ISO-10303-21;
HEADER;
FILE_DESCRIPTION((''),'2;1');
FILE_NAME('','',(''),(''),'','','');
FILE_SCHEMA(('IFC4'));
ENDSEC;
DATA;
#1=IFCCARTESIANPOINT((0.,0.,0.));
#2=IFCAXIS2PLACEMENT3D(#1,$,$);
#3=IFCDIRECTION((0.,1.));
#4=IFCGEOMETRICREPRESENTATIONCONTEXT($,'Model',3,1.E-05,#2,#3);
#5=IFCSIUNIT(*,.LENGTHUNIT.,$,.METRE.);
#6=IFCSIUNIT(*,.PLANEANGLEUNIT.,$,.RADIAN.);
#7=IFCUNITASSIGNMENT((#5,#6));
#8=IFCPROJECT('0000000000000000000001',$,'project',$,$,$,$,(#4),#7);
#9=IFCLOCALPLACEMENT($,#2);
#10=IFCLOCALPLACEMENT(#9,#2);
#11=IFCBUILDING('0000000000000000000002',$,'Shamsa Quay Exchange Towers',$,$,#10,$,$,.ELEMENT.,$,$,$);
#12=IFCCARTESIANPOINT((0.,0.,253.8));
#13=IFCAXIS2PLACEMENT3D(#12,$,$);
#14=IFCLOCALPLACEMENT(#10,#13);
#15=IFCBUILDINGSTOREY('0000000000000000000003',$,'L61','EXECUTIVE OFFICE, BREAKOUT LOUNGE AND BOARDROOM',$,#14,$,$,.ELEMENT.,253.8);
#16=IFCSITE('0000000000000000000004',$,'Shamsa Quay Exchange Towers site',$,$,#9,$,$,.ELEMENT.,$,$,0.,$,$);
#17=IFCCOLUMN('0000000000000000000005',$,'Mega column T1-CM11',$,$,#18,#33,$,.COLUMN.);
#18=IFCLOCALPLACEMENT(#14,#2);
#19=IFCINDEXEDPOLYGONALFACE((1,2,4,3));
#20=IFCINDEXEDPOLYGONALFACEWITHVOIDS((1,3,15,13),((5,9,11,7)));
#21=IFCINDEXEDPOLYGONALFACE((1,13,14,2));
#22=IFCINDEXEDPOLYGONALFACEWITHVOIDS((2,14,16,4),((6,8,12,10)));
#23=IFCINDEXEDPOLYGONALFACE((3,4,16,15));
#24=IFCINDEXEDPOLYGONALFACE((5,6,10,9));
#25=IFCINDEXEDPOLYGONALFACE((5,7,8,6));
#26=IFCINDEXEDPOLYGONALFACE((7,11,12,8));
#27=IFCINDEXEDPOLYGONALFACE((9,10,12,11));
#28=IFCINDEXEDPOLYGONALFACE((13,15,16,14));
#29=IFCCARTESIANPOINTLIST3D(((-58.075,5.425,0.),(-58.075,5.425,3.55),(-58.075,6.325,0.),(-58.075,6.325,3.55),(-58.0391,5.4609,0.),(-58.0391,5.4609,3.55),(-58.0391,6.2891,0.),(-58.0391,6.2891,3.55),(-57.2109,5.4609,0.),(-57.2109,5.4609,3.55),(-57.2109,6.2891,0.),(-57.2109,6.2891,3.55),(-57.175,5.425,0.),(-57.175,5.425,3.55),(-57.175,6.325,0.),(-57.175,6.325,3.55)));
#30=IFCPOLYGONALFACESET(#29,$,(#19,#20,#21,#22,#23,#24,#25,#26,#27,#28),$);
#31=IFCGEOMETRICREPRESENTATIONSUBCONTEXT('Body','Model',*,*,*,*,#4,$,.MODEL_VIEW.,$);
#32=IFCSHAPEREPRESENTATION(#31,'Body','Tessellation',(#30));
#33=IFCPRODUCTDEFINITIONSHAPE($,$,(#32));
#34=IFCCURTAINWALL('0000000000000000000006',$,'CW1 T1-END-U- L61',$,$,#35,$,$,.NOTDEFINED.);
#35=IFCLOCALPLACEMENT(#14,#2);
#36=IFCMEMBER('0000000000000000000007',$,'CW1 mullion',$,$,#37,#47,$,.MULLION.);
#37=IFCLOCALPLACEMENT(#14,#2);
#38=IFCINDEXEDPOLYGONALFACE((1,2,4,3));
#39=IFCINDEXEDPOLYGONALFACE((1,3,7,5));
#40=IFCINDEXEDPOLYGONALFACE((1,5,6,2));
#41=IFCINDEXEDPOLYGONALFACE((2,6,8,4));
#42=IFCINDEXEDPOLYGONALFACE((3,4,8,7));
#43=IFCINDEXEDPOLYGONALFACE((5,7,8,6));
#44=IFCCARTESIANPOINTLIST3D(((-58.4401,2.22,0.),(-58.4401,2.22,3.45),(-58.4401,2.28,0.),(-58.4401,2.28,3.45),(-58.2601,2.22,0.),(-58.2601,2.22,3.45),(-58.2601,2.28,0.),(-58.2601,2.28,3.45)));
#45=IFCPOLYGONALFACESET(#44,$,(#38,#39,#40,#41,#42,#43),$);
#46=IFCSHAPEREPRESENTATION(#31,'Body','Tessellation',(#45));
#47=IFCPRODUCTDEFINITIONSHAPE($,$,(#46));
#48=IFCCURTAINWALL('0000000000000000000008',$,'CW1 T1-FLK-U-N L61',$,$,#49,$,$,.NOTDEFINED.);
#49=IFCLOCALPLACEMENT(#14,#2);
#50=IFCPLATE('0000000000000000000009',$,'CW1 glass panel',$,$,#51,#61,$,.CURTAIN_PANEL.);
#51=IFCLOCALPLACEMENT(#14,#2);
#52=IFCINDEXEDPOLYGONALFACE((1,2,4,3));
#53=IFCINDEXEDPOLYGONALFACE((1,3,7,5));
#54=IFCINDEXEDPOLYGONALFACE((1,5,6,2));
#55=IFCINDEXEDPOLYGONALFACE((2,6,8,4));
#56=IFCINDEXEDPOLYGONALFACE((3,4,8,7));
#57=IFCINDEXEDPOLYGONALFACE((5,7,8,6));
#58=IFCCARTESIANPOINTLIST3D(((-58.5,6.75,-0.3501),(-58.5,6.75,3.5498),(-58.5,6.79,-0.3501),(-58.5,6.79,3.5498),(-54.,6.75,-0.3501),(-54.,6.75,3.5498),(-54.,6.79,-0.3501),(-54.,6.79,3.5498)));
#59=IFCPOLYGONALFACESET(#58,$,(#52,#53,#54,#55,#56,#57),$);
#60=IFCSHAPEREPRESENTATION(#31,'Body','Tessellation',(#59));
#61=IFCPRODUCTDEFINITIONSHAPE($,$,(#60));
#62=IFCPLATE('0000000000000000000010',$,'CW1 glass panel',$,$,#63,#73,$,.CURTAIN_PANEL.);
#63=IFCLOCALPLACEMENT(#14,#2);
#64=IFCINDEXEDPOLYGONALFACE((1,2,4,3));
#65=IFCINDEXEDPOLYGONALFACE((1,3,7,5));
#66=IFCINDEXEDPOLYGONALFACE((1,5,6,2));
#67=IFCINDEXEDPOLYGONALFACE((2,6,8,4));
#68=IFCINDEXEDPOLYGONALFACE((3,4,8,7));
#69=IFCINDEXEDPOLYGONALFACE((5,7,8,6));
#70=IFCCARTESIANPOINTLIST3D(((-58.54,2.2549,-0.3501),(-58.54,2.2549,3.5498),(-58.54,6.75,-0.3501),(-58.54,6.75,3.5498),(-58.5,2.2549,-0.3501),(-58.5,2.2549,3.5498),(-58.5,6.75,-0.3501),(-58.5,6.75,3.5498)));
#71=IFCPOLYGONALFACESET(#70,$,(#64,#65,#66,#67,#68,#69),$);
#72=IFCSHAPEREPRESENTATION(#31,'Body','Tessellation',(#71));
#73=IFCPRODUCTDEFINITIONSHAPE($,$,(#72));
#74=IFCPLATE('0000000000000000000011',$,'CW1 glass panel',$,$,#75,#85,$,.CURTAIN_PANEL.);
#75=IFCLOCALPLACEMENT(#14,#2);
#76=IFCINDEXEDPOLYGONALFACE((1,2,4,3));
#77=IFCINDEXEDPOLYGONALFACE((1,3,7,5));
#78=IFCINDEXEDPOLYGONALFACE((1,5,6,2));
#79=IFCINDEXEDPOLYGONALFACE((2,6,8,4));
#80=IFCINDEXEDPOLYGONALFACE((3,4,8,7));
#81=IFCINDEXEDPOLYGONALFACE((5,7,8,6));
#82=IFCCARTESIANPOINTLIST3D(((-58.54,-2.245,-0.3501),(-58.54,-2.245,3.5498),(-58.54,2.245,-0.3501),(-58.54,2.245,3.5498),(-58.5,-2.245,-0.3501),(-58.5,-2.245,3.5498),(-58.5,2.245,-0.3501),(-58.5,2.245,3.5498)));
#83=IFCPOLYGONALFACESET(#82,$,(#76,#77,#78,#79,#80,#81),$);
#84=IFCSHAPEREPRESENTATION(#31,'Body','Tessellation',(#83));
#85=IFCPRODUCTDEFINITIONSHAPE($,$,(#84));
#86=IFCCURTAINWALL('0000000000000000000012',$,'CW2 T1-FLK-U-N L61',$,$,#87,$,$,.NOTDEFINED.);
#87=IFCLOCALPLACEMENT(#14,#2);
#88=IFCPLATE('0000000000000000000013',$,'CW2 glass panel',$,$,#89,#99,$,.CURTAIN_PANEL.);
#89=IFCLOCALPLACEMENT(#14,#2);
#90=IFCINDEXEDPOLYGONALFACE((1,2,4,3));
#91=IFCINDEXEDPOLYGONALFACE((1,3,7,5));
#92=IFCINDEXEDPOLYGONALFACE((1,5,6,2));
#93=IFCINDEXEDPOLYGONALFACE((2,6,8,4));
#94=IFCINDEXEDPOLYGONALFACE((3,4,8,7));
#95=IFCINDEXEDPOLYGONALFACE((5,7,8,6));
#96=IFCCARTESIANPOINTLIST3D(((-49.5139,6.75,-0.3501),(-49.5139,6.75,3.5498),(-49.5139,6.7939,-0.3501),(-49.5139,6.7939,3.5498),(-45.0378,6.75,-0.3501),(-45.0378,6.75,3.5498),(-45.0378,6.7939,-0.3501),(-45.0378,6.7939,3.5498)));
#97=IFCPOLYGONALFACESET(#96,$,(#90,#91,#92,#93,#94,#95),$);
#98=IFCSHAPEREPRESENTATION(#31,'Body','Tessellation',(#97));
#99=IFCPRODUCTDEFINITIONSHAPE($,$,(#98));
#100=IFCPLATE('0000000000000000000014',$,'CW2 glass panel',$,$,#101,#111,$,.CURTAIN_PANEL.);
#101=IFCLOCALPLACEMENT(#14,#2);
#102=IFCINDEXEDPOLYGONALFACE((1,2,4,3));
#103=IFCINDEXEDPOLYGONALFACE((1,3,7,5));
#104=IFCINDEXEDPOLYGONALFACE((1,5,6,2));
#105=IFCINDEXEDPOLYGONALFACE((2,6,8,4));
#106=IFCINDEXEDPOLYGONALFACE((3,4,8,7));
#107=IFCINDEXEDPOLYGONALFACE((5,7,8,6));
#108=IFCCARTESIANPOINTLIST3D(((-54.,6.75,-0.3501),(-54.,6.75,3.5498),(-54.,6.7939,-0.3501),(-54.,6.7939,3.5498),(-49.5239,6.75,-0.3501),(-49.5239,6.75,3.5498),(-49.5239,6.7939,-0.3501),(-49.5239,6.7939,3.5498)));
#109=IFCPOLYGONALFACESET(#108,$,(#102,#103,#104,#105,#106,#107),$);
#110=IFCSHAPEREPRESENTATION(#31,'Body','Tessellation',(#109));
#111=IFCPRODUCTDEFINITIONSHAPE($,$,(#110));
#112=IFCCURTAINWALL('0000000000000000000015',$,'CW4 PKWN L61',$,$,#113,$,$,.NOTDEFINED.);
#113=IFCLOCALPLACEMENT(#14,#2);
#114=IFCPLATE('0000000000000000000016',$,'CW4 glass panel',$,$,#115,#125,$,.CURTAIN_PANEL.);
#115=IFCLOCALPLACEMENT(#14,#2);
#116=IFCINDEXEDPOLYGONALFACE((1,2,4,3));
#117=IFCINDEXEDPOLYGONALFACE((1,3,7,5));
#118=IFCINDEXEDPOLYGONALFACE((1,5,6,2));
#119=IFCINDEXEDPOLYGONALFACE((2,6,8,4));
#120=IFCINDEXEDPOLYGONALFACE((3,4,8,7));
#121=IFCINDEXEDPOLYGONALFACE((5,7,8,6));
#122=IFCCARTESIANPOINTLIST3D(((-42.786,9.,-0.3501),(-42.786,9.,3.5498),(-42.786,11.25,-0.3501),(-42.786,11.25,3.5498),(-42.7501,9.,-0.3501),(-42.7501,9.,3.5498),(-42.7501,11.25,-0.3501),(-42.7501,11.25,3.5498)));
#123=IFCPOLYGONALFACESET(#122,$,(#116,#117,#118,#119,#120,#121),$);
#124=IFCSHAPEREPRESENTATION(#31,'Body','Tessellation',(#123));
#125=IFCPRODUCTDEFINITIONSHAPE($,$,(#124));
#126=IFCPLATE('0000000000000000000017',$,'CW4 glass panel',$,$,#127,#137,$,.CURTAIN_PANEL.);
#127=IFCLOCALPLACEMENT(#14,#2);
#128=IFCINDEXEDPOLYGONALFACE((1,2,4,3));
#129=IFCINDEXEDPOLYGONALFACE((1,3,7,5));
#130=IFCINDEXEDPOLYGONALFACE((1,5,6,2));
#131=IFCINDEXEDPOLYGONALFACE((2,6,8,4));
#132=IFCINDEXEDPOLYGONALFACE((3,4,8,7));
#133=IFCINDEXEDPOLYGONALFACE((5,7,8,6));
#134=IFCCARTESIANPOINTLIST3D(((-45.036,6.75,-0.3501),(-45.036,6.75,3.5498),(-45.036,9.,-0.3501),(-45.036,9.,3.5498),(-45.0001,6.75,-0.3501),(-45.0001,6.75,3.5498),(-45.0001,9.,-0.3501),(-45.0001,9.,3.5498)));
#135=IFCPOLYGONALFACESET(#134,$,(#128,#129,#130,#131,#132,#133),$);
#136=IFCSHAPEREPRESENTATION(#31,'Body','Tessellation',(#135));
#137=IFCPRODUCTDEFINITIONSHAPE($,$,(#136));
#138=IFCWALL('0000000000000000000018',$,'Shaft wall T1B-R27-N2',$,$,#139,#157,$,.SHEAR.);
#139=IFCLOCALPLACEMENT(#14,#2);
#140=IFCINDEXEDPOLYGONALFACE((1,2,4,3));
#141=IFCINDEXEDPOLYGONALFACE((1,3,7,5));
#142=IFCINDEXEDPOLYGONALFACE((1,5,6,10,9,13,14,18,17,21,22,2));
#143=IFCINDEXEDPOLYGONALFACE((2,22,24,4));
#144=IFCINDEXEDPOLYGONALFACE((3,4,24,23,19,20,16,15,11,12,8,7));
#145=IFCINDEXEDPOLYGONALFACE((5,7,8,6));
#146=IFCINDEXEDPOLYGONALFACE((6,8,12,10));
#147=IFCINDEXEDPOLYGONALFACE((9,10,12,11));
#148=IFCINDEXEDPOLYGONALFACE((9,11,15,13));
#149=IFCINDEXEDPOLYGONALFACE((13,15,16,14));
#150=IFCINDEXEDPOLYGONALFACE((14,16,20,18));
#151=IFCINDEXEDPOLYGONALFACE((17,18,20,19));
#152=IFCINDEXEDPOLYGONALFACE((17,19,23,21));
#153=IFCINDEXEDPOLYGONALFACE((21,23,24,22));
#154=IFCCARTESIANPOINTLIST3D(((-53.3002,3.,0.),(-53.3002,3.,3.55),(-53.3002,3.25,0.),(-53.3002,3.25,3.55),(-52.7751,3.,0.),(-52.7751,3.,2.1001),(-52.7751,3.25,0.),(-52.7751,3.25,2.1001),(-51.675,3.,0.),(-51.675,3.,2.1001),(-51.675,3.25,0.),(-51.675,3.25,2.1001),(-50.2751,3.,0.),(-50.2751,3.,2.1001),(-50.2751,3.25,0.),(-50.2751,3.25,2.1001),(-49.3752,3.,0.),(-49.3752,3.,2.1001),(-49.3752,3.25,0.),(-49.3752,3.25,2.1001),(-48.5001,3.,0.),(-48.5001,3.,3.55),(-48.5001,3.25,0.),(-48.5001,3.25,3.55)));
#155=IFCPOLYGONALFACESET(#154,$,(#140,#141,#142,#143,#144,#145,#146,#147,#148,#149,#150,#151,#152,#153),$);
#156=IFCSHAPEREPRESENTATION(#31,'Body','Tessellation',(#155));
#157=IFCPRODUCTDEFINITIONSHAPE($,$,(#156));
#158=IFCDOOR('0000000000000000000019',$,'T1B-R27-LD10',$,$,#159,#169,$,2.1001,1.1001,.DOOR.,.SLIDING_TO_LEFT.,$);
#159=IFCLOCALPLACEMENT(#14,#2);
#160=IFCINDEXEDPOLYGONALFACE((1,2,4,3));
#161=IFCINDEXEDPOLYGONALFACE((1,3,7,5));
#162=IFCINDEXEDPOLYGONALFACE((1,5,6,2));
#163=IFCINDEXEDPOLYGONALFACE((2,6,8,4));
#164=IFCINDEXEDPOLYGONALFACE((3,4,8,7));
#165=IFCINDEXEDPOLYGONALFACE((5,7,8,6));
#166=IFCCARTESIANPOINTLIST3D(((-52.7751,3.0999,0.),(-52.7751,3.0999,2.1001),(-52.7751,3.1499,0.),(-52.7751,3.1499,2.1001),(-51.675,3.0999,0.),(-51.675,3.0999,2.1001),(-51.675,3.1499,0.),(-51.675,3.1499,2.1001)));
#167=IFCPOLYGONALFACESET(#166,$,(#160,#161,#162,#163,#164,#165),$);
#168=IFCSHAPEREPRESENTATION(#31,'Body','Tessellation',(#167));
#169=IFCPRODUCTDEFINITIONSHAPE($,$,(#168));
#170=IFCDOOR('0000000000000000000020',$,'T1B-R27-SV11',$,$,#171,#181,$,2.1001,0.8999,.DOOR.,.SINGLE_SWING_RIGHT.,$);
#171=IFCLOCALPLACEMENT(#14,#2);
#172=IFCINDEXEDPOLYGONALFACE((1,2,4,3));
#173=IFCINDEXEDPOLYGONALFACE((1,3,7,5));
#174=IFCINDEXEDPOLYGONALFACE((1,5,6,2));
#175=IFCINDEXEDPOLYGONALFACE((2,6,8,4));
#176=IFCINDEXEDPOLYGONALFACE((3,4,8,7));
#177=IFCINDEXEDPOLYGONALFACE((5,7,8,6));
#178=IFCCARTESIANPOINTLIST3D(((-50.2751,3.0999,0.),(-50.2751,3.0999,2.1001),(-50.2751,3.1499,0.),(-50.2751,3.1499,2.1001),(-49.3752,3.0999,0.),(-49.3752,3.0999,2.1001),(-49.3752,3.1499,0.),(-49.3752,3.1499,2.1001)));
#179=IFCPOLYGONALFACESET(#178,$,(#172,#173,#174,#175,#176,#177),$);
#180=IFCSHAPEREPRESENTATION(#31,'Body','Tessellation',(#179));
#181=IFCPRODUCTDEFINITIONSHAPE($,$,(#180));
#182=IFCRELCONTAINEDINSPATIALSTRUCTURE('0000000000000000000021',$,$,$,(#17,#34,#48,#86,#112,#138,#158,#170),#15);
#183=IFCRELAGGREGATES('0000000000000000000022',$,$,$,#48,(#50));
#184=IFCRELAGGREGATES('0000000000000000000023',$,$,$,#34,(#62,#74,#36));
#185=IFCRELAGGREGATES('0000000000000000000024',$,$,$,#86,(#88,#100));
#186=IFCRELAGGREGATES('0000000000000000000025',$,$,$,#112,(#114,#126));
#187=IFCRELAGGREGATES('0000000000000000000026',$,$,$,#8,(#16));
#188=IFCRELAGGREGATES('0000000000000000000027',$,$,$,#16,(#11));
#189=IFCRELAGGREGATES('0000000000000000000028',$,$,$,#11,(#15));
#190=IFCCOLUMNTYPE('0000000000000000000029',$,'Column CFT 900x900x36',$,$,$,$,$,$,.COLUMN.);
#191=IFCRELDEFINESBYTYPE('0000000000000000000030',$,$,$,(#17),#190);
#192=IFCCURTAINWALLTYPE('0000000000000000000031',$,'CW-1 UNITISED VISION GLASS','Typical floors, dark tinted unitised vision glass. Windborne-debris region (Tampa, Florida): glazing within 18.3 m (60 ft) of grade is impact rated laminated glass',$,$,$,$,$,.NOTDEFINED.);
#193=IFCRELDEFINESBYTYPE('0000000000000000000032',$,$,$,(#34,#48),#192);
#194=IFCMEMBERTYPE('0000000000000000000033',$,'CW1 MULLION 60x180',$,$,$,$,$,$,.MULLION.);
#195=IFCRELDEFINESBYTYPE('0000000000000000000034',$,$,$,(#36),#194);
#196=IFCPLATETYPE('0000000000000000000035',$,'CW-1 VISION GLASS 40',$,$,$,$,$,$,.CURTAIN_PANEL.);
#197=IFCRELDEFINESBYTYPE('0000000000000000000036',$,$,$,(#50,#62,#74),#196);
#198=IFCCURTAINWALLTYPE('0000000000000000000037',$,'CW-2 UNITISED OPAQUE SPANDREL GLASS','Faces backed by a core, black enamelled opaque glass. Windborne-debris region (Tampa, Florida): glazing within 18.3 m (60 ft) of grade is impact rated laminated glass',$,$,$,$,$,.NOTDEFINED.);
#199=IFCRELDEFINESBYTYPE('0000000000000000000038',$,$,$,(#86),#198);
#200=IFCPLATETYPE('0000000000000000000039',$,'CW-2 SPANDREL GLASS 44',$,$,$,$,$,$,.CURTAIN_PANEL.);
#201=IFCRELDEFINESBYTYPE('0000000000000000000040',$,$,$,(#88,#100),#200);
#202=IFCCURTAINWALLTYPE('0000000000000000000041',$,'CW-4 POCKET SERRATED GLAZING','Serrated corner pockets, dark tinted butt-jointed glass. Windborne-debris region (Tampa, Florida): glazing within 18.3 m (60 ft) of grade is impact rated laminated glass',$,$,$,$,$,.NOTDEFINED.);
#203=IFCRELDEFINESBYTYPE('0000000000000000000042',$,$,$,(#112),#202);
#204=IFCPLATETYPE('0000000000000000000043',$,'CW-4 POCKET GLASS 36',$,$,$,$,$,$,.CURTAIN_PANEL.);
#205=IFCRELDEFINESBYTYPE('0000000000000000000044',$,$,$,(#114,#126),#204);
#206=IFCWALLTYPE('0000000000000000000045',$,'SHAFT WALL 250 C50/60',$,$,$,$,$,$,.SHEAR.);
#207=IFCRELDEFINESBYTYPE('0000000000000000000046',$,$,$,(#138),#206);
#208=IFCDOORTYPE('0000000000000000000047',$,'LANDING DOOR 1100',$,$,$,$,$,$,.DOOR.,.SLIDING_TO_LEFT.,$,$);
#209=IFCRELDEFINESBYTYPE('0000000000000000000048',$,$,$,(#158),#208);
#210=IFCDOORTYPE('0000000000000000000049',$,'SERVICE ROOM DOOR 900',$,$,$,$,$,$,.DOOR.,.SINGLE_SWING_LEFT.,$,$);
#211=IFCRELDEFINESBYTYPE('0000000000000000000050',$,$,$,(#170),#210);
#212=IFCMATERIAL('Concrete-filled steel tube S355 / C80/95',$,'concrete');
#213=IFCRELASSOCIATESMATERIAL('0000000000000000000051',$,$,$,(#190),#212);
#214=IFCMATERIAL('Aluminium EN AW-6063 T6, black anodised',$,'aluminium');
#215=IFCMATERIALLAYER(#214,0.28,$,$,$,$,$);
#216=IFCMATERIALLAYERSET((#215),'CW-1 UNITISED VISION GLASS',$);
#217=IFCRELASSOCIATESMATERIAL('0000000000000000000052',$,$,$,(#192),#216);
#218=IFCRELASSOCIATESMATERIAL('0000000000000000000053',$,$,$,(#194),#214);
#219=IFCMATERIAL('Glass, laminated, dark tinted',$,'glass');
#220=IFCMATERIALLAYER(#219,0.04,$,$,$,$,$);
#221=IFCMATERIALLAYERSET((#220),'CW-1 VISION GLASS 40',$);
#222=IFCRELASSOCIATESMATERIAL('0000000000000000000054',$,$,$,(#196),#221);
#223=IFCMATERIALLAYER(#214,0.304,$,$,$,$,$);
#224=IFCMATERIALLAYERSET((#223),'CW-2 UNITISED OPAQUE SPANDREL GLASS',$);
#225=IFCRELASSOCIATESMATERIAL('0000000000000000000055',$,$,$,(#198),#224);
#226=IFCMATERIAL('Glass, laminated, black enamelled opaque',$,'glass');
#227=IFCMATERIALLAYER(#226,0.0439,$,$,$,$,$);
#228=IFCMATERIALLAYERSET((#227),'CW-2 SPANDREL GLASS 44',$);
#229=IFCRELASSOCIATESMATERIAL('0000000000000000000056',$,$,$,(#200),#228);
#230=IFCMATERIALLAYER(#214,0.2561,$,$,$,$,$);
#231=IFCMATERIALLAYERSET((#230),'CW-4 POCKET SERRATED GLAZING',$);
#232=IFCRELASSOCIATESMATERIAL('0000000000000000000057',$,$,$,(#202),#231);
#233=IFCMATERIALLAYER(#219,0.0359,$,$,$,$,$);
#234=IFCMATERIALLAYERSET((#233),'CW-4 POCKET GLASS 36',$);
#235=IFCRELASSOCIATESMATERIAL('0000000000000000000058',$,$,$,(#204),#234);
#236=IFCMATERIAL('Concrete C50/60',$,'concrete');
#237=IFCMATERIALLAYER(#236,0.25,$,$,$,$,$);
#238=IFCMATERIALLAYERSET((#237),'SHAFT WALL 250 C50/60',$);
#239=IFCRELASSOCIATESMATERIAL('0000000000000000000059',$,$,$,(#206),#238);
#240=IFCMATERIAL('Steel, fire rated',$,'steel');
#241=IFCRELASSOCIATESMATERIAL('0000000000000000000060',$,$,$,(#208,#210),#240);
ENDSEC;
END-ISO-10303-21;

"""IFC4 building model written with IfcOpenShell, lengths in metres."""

from ifc_helpers import new_model, si_unit, direction, frame, frame_2d, origin, origin_2d, place, context, subcontext, project, spatial, rectangle, hollow_rectangle, extrude, material, layer, layer_set, material_profile, profile_set, type_object, element, fill, aggregate, save


model = new_model("IFC4")

# Units and contexts
model_context = context("Model", 3, precision=1e-05, world=origin(), true_north=direction((0.0, 1.0)))
body_context = subcontext(model_context, "Body", "Model", "MODEL_VIEW")
ifc_project = project(units=[si_unit("LENGTHUNIT", "METRE"), si_unit("PLANEANGLEUNIT", "RADIAN")], contexts=[model_context])

# Site, building, storey
site_placement = place(None, origin())
site = spatial("IfcSite", under=ifc_project, at=site_placement, Name="Shamsa Quay Exchange Towers site", CompositionType="ELEMENT", RefElevation=0.0)
building_placement = place(site_placement, origin())
building = spatial("IfcBuilding", under=site, at=building_placement, Name="Shamsa Quay Exchange Towers", CompositionType="ELEMENT")
storey_placement = place(building_placement, frame((0.0, 0.0, 253.8)))
storey = spatial("IfcBuildingStorey", under=building, at=storey_placement, Name="L61", Description="EXECUTIVE OFFICE, BREAKOUT LOUNGE AND BOARDROOM", CompositionType="ELEMENT", Elevation=253.8)

# Column
ifc_material_1 = material(Name="Concrete-filled steel tube S355 / C80/95", Category="concrete")
ifc_material_profile_1 = material_profile(ifc_material_1, hollow_rectangle(XDim=0.8999, YDim=0.8999, WallThickness=0.0359, at=origin_2d()), Name="CFT 900x900x36")
ifc_profile_set_1 = profile_set([ifc_material_profile_1], Name="Concrete-filled steel tube S355 / C80/95")
column_type = type_object("IfcColumnType", Name="Column CFT 900x900x36", PredefinedType="COLUMN", material=ifc_profile_set_1)
column_placement = place(storey_placement, frame((-57.625, 5.875, 0.0)))
element("IfcColumn", 1, at=column_placement, inside=storey, type_object=column_type, Name="Mega column T1-CM11", PredefinedType="COLUMN", context=body_context, shape_type="SweptSolid", body=[
    extrude(hollow_rectangle(XDim=0.8999, YDim=0.8999, WallThickness=0.0359, at=origin_2d()), origin(), (0.0, 0.0, 1.0), 3.55),
])

# Curtain wall, member
ifc_material_2 = material(Name="Aluminium EN AW-6063 T6, black anodised", Category="aluminium")
ifc_layer_1 = layer(ifc_material_2, 0.28)
ifc_layer_set_1 = layer_set([ifc_layer_1], Name="CW-1 UNITISED VISION GLASS")
curtain_wall_type_1 = type_object("IfcCurtainWallType", Name="CW-1 UNITISED VISION GLASS", Description="Typical floors, dark tinted unitised vision glass. Windborne-debris region (Tampa, Florida): glazing within 18.3 m (60 ft) of grade is impact rated laminated glass", PredefinedType="NOTDEFINED", material=ifc_layer_set_1)
curtain_wall_1_placement = place(storey_placement, origin())
curtain_wall_1 = element("IfcCurtainWall", 2, at=curtain_wall_1_placement, inside=storey, type_object=curtain_wall_type_1, Name="CW1 T1-END-U- L61", PredefinedType="NOTDEFINED")
ifc_material_profile_2 = material_profile(ifc_material_2, rectangle(XDim=0.1799, YDim=0.0601, at=origin_2d()), Name="MU60x180")
ifc_profile_set_2 = profile_set([ifc_material_profile_2], Name="Aluminium EN AW-6063 T6, black anodised")
member_type = type_object("IfcMemberType", Name="CW1 MULLION 60x180", PredefinedType="MULLION", material=ifc_profile_set_2)
member_placement = place(storey_placement, frame((-58.3501, 2.25, 0.0)))
member = element("IfcMember", 3, at=member_placement, type_object=member_type, Name="CW1 mullion", PredefinedType="MULLION", context=body_context, shape_type="SweptSolid", body=[
    extrude(rectangle(XDim=0.1799, YDim=0.0601, at=origin_2d()), origin(), (0.0, 0.0, 1.0), 3.45),
])

# Curtain wall, plate
curtain_wall_2_placement = place(storey_placement, origin())
curtain_wall_2 = element("IfcCurtainWall", 4, at=curtain_wall_2_placement, inside=storey, type_object=curtain_wall_type_1, Name="CW1 T1-FLK-U-N L61", PredefinedType="NOTDEFINED")
ifc_material_3 = material(Name="Glass, laminated, dark tinted", Category="glass")
ifc_layer_2 = layer(ifc_material_3, 0.04)
ifc_layer_set_2 = layer_set([ifc_layer_2], Name="CW-1 VISION GLASS 40")
plate_type_1 = type_object("IfcPlateType", Name="CW-1 VISION GLASS 40", PredefinedType="CURTAIN_PANEL", material=ifc_layer_set_2)
plate_1_placement = place(storey_placement, frame((-56.25, 6.77, -0.3501), z_axis=(0.0, 0.0, 1.0), x_axis=(-1.0, 0.0, 0.0)))
plate_1 = element("IfcPlate", 5, at=plate_1_placement, type_object=plate_type_1, Name="CW1 glass panel", PredefinedType="CURTAIN_PANEL", context=body_context, shape_type="SweptSolid", body=[
    extrude(rectangle(XDim=4.5, YDim=0.04, at=origin_2d()), origin(), (0.0, 0.0, 1.0), 3.8999),
])
aggregate(curtain_wall_2, [plate_1])

# Plates
plate_2_placement = place(storey_placement, frame((-58.52, 4.5024, -0.3501), z_axis=(0.0, 0.0, 1.0), x_axis=(0.0, -1.0, 0.0)))
plate_2 = element("IfcPlate", 6, at=plate_2_placement, type_object=plate_type_1, Name="CW1 glass panel", PredefinedType="CURTAIN_PANEL", context=body_context, shape_type="SweptSolid", body=[
    extrude(rectangle(XDim=4.4951, YDim=0.04, at=origin_2d()), origin(), (0.0, 0.0, 1.0), 3.8999),
])
plate_3_placement = place(storey_placement, frame((-58.52, 0.0, -0.3501), z_axis=(0.0, 0.0, 1.0), x_axis=(0.0, -1.0, 0.0)))
plate_3 = element("IfcPlate", 7, at=plate_3_placement, type_object=plate_type_1, Name="CW1 glass panel", PredefinedType="CURTAIN_PANEL", context=body_context, shape_type="SweptSolid", body=[
    extrude(rectangle(XDim=4.49, YDim=0.04, at=origin_2d()), origin(), (0.0, 0.0, 1.0), 3.8999),
])
aggregate(curtain_wall_1, [plate_2, plate_3, member])

# Curtain walls, plates
ifc_layer_3 = layer(ifc_material_2, 0.304)
ifc_layer_set_3 = layer_set([ifc_layer_3], Name="CW-2 UNITISED OPAQUE SPANDREL GLASS")
curtain_wall_type_2 = type_object("IfcCurtainWallType", Name="CW-2 UNITISED OPAQUE SPANDREL GLASS", Description="Faces backed by a core, black enamelled opaque glass. Windborne-debris region (Tampa, Florida): glazing within 18.3 m (60 ft) of grade is impact rated laminated glass", PredefinedType="NOTDEFINED", material=ifc_layer_set_3)
curtain_wall_3_placement = place(storey_placement, origin())
curtain_wall_3 = element("IfcCurtainWall", 8, at=curtain_wall_3_placement, inside=storey, type_object=curtain_wall_type_2, Name="CW2 T1-FLK-U-N L61", PredefinedType="NOTDEFINED")
ifc_material_4 = material(Name="Glass, laminated, black enamelled opaque", Category="glass")
ifc_layer_4 = layer(ifc_material_4, 0.0439)
ifc_layer_set_4 = layer_set([ifc_layer_4], Name="CW-2 SPANDREL GLASS 44")
plate_type_2 = type_object("IfcPlateType", Name="CW-2 SPANDREL GLASS 44", PredefinedType="CURTAIN_PANEL", material=ifc_layer_set_4)
plate_4_placement = place(storey_placement, frame((-47.2759, 6.772, -0.3501), z_axis=(0.0, 0.0, 1.0), x_axis=(-1.0, 0.0, 0.0)))
plate_4 = element("IfcPlate", 9, at=plate_4_placement, type_object=plate_type_2, Name="CW2 glass panel", PredefinedType="CURTAIN_PANEL", context=body_context, shape_type="SweptSolid", body=[
    extrude(rectangle(XDim=4.4761, YDim=0.0439, at=origin_2d()), origin(), (0.0, 0.0, 1.0), 3.8999),
])
plate_5_placement = place(storey_placement, frame((-51.762, 6.772, -0.3501), z_axis=(0.0, 0.0, 1.0), x_axis=(-1.0, 0.0, 0.0)))
plate_5 = element("IfcPlate", 10, at=plate_5_placement, type_object=plate_type_2, Name="CW2 glass panel", PredefinedType="CURTAIN_PANEL", context=body_context, shape_type="SweptSolid", body=[
    extrude(rectangle(XDim=4.4761, YDim=0.0439, at=origin_2d()), origin(), (0.0, 0.0, 1.0), 3.8999),
])
aggregate(curtain_wall_3, [plate_4, plate_5])
ifc_layer_5 = layer(ifc_material_2, 0.2561)
ifc_layer_set_5 = layer_set([ifc_layer_5], Name="CW-4 POCKET SERRATED GLAZING")
curtain_wall_type_3 = type_object("IfcCurtainWallType", Name="CW-4 POCKET SERRATED GLAZING", Description="Serrated corner pockets, dark tinted butt-jointed glass. Windborne-debris region (Tampa, Florida): glazing within 18.3 m (60 ft) of grade is impact rated laminated glass", PredefinedType="NOTDEFINED", material=ifc_layer_set_5)
curtain_wall_4_placement = place(storey_placement, origin())
curtain_wall_4 = element("IfcCurtainWall", 11, at=curtain_wall_4_placement, inside=storey, type_object=curtain_wall_type_3, Name="CW4 PKWN L61", PredefinedType="NOTDEFINED")
ifc_layer_6 = layer(ifc_material_3, 0.0359)
ifc_layer_set_6 = layer_set([ifc_layer_6], Name="CW-4 POCKET GLASS 36")
plate_type_3 = type_object("IfcPlateType", Name="CW-4 POCKET GLASS 36", PredefinedType="CURTAIN_PANEL", material=ifc_layer_set_6)
plate_6_placement = place(storey_placement, frame((-42.7681, 10.125, -0.3501), z_axis=(0.0, 0.0, 1.0), x_axis=(0.0, -1.0, 0.0)))
plate_6 = element("IfcPlate", 12, at=plate_6_placement, type_object=plate_type_3, Name="CW4 glass panel", PredefinedType="CURTAIN_PANEL", context=body_context, shape_type="SweptSolid", body=[
    extrude(rectangle(XDim=2.25, YDim=0.0359, at=origin_2d()), origin(), (0.0, 0.0, 1.0), 3.8999),
])
plate_7_placement = place(storey_placement, frame((-45.0181, 7.875, -0.3501), z_axis=(0.0, 0.0, 1.0), x_axis=(0.0, -1.0, 0.0)))
plate_7 = element("IfcPlate", 13, at=plate_7_placement, type_object=plate_type_3, Name="CW4 glass panel", PredefinedType="CURTAIN_PANEL", context=body_context, shape_type="SweptSolid", body=[
    extrude(rectangle(XDim=2.25, YDim=0.0359, at=origin_2d()), origin(), (0.0, 0.0, 1.0), 3.8999),
])
aggregate(curtain_wall_4, [plate_6, plate_7])

# Wall, openings, doors
ifc_material_5 = material(Name="Concrete C50/60", Category="concrete")
ifc_layer_7 = layer(ifc_material_5, 0.25)
ifc_layer_set_7 = layer_set([ifc_layer_7], Name="SHAFT WALL 250 C50/60")
wall_type_1 = type_object("IfcWallType", Name="SHAFT WALL 250 C50/60", PredefinedType="SHEAR", material=ifc_layer_set_7)
wall_1_placement = place(storey_placement, frame((-53.3, 3.125, 0.0)))
wall_1 = element("IfcWall", 14, at=wall_1_placement, inside=storey, type_object=wall_type_1, Name="Shaft wall T1B-R27-N2", PredefinedType="SHEAR", context=body_context, shape_type="SweptSolid", body=[
    extrude(rectangle(XDim=4.8, YDim=0.25, at=frame_2d((2.3999, 0.0))), origin(), (0.0, 0.0, 1.0), 3.55),
])
opening_1_placement = place(wall_1_placement, frame((0.5249, 0.0, 0.0)))
opening_1 = element("IfcOpeningElement", 15, at=opening_1_placement, cuts=wall_1, PredefinedType="OPENING", context=body_context, shape_type="SweptSolid", body=[
    extrude(rectangle(XDim=1.1001, YDim=2.1001, at=frame_2d((0.55, 1.05))), frame((0.0, 0.135, 0.0), z_axis=(0.0, -1.0, 0.0), x_axis=(1.0, 0.0, 0.0)), (0.0, 0.0, 1.0), 0.27),
])
opening_2_placement = place(wall_1_placement, frame((3.0249, 0.0, 0.0)))
opening_2 = element("IfcOpeningElement", 16, at=opening_2_placement, cuts=wall_1, PredefinedType="OPENING", context=body_context, shape_type="SweptSolid", body=[
    extrude(rectangle(XDim=0.8999, YDim=2.1001, at=frame_2d((0.45, 1.05))), frame((0.0, 0.135, 0.0), z_axis=(0.0, -1.0, 0.0), x_axis=(1.0, 0.0, 0.0)), (0.0, 0.0, 1.0), 0.27),
])
ifc_material_6 = material(Name="Steel, fire rated", Category="steel")
door_type_1 = type_object("IfcDoorType", Name="LANDING DOOR 1100", OperationType="SLIDING_TO_LEFT", PredefinedType="DOOR", material=ifc_material_6)
door_1_placement = place(opening_1_placement, origin())
door_1 = element("IfcDoor", 17, at=door_1_placement, inside=storey, type_object=door_type_1, Name="T1B-R27-LD10", OperationType="SLIDING_TO_LEFT", OverallHeight=2.1001, OverallWidth=1.1001, PredefinedType="DOOR", context=body_context, shape_type="SweptSolid", body=[
    extrude(rectangle(XDim=1.1001, YDim=2.1001, at=frame_2d((0.55, 1.05))), frame((0.0, 0.0249, 0.0), z_axis=(0.0, -1.0, 0.0), x_axis=(1.0, 0.0, 0.0)), (0.0, 0.0, 1.0), 0.05),
])
fill(opening_1, door_1)
door_type_2 = type_object("IfcDoorType", Name="SERVICE ROOM DOOR 900", OperationType="SINGLE_SWING_LEFT", PredefinedType="DOOR", material=ifc_material_6)
door_2_placement = place(opening_2_placement, origin())
door_2 = element("IfcDoor", 18, at=door_2_placement, inside=storey, type_object=door_type_2, Name="T1B-R27-SV11", OperationType="SINGLE_SWING_RIGHT", OverallHeight=2.1001, OverallWidth=0.8999, PredefinedType="DOOR", context=body_context, shape_type="SweptSolid", body=[
    extrude(rectangle(XDim=0.8999, YDim=2.1001, at=frame_2d((0.45, 1.05))), frame((0.0, 0.0249, 0.0), z_axis=(0.0, -1.0, 0.0), x_axis=(1.0, 0.0, 0.0)), (0.0, 0.0, 1.0), 0.05),
])
fill(opening_2, door_2)

save(model, "model.ifc")
